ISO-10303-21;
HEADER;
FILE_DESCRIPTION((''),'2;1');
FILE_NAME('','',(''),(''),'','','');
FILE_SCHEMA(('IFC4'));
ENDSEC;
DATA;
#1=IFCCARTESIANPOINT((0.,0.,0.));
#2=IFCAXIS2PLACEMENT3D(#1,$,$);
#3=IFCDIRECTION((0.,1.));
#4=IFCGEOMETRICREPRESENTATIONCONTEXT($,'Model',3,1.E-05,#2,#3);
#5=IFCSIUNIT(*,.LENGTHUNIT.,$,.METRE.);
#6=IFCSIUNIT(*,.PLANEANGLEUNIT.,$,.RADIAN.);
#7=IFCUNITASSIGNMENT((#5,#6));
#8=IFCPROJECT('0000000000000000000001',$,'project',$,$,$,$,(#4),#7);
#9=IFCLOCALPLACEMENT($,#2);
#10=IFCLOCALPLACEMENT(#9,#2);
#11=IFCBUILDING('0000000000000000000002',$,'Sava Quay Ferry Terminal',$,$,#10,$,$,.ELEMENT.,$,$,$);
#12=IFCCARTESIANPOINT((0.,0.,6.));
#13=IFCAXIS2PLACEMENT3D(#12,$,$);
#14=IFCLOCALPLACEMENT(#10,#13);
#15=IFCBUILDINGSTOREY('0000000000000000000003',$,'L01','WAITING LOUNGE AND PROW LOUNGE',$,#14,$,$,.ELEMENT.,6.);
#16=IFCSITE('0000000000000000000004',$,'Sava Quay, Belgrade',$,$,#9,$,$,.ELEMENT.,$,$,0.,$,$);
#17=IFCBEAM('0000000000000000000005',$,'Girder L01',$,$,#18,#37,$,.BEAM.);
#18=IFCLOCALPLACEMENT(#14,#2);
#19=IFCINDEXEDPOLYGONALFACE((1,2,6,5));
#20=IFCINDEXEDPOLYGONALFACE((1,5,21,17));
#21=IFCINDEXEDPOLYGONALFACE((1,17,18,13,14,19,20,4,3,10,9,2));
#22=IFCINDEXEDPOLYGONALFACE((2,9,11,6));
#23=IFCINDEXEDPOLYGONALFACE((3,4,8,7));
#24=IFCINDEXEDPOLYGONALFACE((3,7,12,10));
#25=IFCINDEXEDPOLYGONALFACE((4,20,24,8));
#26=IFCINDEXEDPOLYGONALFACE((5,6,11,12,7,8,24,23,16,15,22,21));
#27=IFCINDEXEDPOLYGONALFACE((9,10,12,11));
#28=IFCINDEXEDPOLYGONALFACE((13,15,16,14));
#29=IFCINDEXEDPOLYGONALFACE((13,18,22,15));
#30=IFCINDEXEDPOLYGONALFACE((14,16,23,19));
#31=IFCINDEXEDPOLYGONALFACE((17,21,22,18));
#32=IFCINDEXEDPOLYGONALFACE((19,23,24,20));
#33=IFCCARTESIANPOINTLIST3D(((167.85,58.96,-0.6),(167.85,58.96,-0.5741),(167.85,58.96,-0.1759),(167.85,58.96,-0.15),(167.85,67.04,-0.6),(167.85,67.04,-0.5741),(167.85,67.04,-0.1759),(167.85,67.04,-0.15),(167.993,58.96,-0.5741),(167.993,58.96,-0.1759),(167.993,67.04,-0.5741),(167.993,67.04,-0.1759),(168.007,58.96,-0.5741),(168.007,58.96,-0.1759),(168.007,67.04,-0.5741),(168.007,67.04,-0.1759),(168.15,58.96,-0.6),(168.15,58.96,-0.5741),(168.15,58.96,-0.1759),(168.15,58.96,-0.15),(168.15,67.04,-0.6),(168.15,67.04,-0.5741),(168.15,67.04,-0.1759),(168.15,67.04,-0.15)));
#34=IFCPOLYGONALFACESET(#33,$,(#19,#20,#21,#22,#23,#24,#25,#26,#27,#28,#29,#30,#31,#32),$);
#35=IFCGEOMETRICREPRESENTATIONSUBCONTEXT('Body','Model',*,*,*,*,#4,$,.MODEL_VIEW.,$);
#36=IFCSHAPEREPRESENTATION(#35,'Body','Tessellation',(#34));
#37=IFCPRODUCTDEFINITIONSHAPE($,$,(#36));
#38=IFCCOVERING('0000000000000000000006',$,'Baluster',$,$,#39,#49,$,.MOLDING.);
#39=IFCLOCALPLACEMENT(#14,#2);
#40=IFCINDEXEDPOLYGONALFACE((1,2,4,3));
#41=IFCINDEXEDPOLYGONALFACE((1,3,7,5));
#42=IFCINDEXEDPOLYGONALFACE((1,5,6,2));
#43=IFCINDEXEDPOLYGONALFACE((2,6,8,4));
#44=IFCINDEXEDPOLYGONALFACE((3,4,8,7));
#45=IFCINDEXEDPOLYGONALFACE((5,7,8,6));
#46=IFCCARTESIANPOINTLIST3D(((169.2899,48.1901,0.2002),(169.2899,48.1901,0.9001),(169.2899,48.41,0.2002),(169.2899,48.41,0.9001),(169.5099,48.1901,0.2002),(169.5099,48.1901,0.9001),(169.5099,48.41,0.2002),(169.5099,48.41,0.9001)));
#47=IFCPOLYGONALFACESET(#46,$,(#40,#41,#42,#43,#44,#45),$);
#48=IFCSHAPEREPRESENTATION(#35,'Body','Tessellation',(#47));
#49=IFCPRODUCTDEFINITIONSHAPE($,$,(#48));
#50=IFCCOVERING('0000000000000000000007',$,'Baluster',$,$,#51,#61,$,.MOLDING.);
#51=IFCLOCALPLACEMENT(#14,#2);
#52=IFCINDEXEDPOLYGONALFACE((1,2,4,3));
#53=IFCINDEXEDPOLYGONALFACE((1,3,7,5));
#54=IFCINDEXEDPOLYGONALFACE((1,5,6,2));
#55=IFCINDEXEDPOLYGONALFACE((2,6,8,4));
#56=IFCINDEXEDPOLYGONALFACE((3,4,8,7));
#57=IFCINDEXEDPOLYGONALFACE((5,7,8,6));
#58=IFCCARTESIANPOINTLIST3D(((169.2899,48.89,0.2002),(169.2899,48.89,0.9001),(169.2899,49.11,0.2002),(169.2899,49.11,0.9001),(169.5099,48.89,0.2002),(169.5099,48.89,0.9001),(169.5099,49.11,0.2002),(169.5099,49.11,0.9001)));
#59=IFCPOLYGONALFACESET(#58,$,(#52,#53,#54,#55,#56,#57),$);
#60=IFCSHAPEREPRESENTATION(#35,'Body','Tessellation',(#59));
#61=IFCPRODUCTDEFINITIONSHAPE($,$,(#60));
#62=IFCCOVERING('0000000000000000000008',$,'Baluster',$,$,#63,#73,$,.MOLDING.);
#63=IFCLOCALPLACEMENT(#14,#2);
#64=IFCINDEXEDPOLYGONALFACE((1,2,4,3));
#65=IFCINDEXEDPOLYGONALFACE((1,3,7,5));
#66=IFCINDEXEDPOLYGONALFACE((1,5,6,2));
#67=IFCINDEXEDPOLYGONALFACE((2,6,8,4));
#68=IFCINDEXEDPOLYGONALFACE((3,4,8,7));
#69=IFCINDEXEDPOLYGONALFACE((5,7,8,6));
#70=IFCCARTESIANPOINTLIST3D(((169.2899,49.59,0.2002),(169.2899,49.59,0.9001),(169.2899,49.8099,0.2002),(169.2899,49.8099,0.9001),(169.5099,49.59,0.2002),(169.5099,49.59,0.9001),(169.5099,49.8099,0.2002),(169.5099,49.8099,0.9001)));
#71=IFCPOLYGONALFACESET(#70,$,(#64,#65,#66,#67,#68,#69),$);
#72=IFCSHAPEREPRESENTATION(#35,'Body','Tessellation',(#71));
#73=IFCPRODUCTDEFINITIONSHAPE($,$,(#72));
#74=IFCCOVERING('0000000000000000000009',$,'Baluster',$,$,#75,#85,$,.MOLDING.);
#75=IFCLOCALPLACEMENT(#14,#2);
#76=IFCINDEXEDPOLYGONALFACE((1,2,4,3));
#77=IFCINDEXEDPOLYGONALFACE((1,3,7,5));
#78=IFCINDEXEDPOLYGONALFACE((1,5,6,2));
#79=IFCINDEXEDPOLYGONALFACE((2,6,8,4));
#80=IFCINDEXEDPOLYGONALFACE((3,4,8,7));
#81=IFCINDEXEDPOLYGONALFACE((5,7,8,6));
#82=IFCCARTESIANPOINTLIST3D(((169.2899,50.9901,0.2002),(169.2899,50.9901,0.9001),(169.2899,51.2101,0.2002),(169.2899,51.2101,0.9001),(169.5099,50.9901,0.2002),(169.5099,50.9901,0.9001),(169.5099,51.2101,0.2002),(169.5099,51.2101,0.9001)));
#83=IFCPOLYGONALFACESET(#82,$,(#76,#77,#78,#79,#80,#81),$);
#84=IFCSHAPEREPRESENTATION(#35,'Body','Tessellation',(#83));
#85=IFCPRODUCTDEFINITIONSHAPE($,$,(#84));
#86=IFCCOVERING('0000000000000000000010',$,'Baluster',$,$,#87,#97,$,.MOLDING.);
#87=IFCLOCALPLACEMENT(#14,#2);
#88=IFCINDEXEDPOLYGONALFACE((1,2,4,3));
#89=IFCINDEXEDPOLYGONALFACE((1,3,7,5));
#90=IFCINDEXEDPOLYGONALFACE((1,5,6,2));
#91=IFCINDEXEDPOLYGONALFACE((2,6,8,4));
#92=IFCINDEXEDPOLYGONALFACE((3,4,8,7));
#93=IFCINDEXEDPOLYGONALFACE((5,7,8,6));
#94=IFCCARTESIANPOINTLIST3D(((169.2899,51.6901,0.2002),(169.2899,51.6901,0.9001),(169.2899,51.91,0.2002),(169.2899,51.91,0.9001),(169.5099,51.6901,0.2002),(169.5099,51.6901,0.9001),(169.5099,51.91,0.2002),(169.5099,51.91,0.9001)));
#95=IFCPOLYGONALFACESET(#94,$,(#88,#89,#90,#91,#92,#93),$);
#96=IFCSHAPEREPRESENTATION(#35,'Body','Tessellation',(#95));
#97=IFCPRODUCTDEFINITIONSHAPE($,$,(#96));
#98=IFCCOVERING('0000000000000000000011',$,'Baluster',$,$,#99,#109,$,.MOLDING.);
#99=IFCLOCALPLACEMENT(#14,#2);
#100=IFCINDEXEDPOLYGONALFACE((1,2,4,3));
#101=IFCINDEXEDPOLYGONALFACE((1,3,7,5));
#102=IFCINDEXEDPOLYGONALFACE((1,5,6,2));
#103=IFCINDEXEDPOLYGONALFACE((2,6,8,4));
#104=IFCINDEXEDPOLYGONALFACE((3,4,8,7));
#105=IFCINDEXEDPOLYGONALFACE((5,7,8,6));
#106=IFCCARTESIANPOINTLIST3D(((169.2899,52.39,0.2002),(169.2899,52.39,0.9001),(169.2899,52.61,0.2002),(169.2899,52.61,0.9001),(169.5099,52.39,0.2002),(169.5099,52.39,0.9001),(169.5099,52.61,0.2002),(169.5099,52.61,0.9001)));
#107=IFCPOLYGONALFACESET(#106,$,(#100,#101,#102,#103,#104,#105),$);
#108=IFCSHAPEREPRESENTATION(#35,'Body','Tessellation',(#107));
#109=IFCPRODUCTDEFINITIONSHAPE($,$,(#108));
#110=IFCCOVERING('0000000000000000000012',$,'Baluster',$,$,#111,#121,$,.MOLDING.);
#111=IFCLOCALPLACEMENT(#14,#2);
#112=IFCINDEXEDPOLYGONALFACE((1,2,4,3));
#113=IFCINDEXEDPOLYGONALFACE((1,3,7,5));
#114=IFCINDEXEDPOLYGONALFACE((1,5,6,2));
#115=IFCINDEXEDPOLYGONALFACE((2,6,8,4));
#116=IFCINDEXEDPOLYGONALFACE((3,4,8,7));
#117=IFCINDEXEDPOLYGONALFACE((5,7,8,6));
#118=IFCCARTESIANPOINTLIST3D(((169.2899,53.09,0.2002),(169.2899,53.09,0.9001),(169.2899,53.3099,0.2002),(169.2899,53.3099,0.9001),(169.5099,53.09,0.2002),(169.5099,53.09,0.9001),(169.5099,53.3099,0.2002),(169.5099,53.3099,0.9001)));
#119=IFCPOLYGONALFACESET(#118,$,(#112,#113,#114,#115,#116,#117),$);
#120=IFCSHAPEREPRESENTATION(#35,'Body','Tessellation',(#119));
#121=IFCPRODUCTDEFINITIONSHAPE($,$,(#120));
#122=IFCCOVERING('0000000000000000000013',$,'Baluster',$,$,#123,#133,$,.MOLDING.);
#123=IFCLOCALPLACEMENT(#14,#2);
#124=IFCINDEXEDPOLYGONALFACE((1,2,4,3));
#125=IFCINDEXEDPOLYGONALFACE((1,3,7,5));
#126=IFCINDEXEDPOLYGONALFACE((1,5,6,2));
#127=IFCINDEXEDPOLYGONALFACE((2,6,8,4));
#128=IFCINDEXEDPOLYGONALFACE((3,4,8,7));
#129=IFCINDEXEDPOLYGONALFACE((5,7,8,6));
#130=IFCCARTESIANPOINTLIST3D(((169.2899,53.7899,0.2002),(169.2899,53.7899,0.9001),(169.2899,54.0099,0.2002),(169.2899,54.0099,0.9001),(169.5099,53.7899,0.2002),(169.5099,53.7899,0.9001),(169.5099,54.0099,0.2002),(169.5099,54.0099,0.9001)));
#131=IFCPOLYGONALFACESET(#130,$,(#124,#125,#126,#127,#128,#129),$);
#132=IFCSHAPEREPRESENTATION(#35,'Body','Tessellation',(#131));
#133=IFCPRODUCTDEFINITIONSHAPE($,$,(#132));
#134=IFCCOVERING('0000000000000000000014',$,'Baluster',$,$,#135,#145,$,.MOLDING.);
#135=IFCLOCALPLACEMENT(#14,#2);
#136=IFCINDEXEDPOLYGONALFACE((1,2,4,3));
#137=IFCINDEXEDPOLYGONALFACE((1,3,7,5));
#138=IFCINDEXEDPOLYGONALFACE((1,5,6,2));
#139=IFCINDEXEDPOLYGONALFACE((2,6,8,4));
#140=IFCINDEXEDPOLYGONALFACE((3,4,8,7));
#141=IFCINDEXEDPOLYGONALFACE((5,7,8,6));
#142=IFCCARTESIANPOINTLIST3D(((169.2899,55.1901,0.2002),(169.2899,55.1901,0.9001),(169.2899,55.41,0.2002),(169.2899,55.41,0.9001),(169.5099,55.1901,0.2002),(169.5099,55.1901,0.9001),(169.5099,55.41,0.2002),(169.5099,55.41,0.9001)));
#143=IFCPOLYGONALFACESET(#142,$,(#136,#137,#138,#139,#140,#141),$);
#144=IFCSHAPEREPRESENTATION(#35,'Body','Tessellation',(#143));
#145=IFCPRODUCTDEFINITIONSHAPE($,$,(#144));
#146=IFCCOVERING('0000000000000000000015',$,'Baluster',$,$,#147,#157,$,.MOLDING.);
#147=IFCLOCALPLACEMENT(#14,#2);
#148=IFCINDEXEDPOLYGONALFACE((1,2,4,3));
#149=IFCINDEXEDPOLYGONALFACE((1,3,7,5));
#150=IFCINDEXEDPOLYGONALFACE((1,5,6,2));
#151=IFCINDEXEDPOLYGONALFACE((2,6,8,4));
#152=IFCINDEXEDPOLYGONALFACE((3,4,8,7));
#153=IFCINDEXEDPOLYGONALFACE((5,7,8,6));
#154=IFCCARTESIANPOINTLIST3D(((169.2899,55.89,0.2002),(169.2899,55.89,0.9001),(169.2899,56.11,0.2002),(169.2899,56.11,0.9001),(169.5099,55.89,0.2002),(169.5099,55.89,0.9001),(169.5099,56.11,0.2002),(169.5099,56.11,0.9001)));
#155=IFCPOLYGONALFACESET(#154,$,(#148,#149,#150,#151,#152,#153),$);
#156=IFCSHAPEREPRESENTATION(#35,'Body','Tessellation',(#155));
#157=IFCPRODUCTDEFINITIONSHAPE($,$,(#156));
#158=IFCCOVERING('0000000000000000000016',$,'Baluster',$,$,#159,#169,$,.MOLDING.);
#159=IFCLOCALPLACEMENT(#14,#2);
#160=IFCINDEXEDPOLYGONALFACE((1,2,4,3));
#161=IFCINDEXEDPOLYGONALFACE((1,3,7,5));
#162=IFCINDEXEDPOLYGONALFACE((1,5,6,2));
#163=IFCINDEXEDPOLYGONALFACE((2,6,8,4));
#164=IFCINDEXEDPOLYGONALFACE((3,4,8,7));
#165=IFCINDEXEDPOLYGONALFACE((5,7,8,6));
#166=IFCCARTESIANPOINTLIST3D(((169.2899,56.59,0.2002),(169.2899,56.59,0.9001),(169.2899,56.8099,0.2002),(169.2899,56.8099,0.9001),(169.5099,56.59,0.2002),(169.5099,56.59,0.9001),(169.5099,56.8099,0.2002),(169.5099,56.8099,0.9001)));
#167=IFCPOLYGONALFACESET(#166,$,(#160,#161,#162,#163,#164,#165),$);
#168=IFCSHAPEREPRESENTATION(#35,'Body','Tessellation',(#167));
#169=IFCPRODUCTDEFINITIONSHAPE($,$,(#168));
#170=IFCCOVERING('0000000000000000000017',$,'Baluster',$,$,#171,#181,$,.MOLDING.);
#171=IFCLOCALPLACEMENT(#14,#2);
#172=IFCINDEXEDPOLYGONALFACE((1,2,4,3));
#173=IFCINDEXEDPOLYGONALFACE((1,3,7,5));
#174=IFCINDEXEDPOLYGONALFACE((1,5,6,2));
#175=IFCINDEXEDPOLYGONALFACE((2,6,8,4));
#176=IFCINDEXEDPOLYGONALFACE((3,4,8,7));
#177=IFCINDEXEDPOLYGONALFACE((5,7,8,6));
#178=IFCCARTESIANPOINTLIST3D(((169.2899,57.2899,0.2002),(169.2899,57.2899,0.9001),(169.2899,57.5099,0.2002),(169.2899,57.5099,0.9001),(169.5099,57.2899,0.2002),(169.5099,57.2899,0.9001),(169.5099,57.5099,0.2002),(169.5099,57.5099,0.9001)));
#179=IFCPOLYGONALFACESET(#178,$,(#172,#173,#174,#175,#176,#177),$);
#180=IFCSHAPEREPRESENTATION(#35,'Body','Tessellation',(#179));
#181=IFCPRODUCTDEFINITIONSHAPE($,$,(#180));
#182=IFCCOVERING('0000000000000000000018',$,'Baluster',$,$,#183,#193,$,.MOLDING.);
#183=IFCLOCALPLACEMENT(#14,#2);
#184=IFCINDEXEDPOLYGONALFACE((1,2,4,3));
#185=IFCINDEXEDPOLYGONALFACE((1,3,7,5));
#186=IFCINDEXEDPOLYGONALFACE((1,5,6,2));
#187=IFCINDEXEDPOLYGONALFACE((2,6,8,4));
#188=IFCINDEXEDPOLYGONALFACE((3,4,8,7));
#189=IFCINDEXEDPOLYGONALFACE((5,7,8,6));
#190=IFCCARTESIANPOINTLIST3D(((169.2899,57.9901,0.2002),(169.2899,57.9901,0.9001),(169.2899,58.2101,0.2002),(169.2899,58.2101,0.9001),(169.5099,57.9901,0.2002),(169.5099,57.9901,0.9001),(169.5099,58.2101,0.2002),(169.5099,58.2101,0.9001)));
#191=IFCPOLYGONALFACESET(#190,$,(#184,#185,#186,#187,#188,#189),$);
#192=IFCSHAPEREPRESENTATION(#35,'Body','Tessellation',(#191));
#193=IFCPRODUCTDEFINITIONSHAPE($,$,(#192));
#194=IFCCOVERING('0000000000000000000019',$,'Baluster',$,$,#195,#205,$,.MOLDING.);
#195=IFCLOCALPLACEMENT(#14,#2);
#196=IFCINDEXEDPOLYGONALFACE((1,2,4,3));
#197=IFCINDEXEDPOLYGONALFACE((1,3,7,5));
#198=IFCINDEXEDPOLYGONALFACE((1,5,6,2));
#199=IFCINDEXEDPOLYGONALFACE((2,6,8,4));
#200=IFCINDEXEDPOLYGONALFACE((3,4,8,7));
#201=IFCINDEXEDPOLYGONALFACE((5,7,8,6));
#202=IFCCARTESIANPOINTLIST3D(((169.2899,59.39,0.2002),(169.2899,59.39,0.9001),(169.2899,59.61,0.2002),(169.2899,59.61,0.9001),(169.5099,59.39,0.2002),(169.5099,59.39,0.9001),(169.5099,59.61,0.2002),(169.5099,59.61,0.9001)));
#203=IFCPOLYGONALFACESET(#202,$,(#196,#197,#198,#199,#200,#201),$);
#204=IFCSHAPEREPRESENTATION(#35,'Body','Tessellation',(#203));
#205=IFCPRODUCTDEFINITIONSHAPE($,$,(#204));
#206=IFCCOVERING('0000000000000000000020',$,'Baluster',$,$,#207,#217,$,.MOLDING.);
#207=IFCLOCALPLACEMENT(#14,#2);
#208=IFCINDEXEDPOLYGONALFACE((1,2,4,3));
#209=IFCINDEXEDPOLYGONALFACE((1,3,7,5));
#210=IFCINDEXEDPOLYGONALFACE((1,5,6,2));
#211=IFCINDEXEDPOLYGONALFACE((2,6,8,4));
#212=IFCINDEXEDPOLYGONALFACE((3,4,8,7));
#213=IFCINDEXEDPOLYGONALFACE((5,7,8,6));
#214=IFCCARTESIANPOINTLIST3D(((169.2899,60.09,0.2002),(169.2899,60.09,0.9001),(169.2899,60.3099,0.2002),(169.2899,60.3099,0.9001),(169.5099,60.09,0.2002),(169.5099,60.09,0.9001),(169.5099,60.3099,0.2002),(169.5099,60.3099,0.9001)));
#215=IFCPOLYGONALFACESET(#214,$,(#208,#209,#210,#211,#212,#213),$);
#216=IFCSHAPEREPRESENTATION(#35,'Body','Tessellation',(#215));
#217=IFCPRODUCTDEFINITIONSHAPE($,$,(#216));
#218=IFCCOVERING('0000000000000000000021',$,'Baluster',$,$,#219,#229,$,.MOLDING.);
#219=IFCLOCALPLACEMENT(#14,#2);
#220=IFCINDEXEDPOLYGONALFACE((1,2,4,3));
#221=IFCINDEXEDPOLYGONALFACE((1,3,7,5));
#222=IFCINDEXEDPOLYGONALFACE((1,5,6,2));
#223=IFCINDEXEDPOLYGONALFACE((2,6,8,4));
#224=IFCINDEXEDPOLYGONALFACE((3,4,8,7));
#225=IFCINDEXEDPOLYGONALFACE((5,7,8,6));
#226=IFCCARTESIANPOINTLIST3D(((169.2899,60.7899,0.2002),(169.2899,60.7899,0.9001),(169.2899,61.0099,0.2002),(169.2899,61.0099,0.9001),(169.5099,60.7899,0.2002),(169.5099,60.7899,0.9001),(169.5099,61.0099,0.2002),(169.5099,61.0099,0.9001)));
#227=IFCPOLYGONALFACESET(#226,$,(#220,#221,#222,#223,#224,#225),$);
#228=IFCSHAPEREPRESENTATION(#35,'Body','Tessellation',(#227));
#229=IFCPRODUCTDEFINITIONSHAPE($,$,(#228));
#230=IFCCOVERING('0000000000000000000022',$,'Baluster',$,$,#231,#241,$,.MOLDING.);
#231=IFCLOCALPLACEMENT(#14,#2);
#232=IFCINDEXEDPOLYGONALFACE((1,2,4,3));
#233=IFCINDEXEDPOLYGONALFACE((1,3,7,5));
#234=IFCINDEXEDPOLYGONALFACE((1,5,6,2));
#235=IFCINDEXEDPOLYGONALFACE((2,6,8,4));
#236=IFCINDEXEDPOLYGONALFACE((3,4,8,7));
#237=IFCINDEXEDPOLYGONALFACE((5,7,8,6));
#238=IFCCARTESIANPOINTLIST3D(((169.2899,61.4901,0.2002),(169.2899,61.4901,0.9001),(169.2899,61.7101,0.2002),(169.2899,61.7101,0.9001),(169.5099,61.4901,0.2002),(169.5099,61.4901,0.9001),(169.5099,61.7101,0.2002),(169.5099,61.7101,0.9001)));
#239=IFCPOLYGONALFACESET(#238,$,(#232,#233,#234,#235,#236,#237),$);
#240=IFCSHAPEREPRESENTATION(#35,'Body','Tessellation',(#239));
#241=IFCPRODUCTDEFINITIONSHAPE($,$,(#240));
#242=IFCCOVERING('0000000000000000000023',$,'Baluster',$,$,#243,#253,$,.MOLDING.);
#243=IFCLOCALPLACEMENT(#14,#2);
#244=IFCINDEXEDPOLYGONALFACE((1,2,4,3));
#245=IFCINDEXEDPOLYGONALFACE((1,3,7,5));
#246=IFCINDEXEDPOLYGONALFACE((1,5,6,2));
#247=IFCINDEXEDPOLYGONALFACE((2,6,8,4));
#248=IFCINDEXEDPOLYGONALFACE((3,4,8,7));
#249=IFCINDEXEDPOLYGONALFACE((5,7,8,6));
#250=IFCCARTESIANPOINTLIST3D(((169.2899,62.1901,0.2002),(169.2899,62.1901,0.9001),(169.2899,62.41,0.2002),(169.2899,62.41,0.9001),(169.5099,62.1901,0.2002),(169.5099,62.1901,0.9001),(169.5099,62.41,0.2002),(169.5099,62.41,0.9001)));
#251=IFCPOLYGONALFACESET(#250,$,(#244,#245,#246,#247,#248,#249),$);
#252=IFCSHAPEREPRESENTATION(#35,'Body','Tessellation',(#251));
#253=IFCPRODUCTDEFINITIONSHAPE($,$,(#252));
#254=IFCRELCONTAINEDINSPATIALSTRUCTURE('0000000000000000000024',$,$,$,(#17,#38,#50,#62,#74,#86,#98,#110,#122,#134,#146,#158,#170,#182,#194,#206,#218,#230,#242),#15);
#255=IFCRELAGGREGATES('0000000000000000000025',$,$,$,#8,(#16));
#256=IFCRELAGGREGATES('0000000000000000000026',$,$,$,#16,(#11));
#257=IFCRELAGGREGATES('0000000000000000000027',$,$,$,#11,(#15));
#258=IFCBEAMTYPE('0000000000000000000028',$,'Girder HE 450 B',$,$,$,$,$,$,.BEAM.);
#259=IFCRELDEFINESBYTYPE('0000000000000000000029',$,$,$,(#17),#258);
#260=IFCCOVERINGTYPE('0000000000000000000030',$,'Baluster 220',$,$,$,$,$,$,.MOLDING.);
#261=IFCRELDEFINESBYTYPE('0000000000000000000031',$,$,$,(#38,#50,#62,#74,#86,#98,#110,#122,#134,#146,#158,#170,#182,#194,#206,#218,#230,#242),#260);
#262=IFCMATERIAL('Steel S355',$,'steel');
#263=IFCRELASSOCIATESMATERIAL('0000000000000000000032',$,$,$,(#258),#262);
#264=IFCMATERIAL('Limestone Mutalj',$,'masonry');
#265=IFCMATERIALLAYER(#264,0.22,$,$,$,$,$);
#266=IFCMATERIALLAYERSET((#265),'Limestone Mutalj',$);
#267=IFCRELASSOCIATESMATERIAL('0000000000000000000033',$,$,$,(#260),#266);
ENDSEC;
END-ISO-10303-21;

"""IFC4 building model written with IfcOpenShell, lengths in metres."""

from ifc_helpers import new_model, si_unit, direction, frame, origin, origin_2d, place, context, subcontext, project, spatial, rectangle, i_section, extrude, material, layer, layer_set, material_profile, profile_set, type_object, element, save


model = new_model("IFC4")

# Units and contexts
model_context = context("Model", 3, precision=1e-05, world=origin(), true_north=direction((0.0, 1.0)))
body_context = subcontext(model_context, "Body", "Model", "MODEL_VIEW")
ifc_project = project(units=[si_unit("LENGTHUNIT", "METRE"), si_unit("PLANEANGLEUNIT", "RADIAN")], contexts=[model_context])

# Site, building, storey
site_placement = place(None, origin())
site = spatial("IfcSite", under=ifc_project, at=site_placement, Name="Sava Quay, Belgrade", CompositionType="ELEMENT", RefElevation=0.0)
building_placement = place(site_placement, origin())
building = spatial("IfcBuilding", under=site, at=building_placement, Name="Sava Quay Ferry Terminal", CompositionType="ELEMENT")
storey_placement = place(building_placement, frame((0.0, 0.0, 6.0)))
storey = spatial("IfcBuildingStorey", under=building, at=storey_placement, Name="L01", Description="WAITING LOUNGE AND PROW LOUNGE", CompositionType="ELEMENT", Elevation=6.0)

# Beam
ifc_material_1 = material(Name="Steel S355", Category="steel")
ifc_material_profile_1 = material_profile(ifc_material_1, i_section(OverallWidth=0.3, OverallDepth=0.45, WebThickness=0.0139, FlangeThickness=0.0259, at=origin_2d()), Name="HE 450 B")
ifc_profile_set_1 = profile_set([ifc_material_profile_1], Name="Steel S355")
beam_type_1 = type_object("IfcBeamType", Name="Girder HE 450 B", PredefinedType="BEAM", material=ifc_profile_set_1)
beam_1_placement = place(storey_placement, frame((168.0, 58.96, -0.375), z_axis=(0.0, 1.0, 0.0), x_axis=(-1.0, 0.0, 0.0)))
element("IfcBeam", 1, at=beam_1_placement, inside=storey, type_object=beam_type_1, Name="Girder L01", PredefinedType="BEAM", context=body_context, shape_type="SweptSolid", body=[
    extrude(i_section(OverallWidth=0.3, OverallDepth=0.45, WebThickness=0.0139, FlangeThickness=0.0259, at=origin_2d()), origin(), (0.0, 0.0, 1.0), 8.0801),
])

# Coverings
ifc_material_2 = material(Name="Limestone Mutalj", Category="masonry")
ifc_layer_1 = layer(ifc_material_2, 0.22)
ifc_layer_set_1 = layer_set([ifc_layer_1], Name="Limestone Mutalj")
covering_type_1 = type_object("IfcCoveringType", Name="Baluster 220", PredefinedType="MOLDING", material=ifc_layer_set_1)
for number, where, z_axis, x_axis, name in (
    (2, (169.3999, 48.3, 0.2002), (0.0, 0.0, 1.0), (1.0, 0.0, 0.0), "Baluster"),
    (3, (169.3999, 49.0, 0.2002), (0.0, 0.0, 1.0), (1.0, 0.0, 0.0), "Baluster"),
    (4, (169.3999, 49.7, 0.2002), (0.0, 0.0, 1.0), (1.0, 0.0, 0.0), "Baluster"),
    (5, (169.3999, 51.1001, 0.2002), (0.0, 0.0, 1.0), (1.0, 0.0, 0.0), "Baluster"),
    (6, (169.3999, 51.8, 0.2002), (0.0, 0.0, 1.0), (1.0, 0.0, 0.0), "Baluster"),
    (7, (169.3999, 52.5, 0.2002), (0.0, 0.0, 1.0), (1.0, 0.0, 0.0), "Baluster"),
    (8, (169.3999, 53.2, 0.2002), (0.0, 0.0, 1.0), (1.0, 0.0, 0.0), "Baluster"),
    (9, (169.3999, 53.8999, 0.2002), (0.0, 0.0, 1.0), (1.0, 0.0, 0.0), "Baluster"),
    (10, (169.3999, 55.3, 0.2002), (0.0, 0.0, 1.0), (1.0, 0.0, 0.0), "Baluster"),
    (11, (169.3999, 56.0, 0.2002), (0.0, 0.0, 1.0), (1.0, 0.0, 0.0), "Baluster"),
    (12, (169.3999, 56.7, 0.2002), (0.0, 0.0, 1.0), (1.0, 0.0, 0.0), "Baluster"),
    (13, (169.3999, 57.3999, 0.2002), (0.0, 0.0, 1.0), (1.0, 0.0, 0.0), "Baluster"),
    (14, (169.3999, 58.1001, 0.2002), (0.0, 0.0, 1.0), (1.0, 0.0, 0.0), "Baluster"),
    (15, (169.3999, 59.5, 0.2002), (0.0, 0.0, 1.0), (1.0, 0.0, 0.0), "Baluster"),
    (16, (169.3999, 60.2, 0.2002), (0.0, 0.0, 1.0), (1.0, 0.0, 0.0), "Baluster"),
    (17, (169.3999, 60.8999, 0.2002), (0.0, 0.0, 1.0), (1.0, 0.0, 0.0), "Baluster"),
    (18, (169.3999, 61.6001, 0.2002), (0.0, 0.0, 1.0), (1.0, 0.0, 0.0), "Baluster"),
    (19, (169.3999, 62.3, 0.2002), (0.0, 0.0, 1.0), (1.0, 0.0, 0.0), "Baluster"),
):
    element("IfcCovering", number, at=place(storey_placement, frame(where, z_axis=z_axis, x_axis=x_axis)), inside=storey, type_object=covering_type_1, Name=name, PredefinedType="MOLDING", context=body_context, shape_type="SweptSolid", body=[
        extrude(rectangle(XDim=0.22, YDim=0.22, at=origin_2d()), origin(), (0.0, 0.0, 1.0), 0.7),
    ])

save(model, "model.ifc")
